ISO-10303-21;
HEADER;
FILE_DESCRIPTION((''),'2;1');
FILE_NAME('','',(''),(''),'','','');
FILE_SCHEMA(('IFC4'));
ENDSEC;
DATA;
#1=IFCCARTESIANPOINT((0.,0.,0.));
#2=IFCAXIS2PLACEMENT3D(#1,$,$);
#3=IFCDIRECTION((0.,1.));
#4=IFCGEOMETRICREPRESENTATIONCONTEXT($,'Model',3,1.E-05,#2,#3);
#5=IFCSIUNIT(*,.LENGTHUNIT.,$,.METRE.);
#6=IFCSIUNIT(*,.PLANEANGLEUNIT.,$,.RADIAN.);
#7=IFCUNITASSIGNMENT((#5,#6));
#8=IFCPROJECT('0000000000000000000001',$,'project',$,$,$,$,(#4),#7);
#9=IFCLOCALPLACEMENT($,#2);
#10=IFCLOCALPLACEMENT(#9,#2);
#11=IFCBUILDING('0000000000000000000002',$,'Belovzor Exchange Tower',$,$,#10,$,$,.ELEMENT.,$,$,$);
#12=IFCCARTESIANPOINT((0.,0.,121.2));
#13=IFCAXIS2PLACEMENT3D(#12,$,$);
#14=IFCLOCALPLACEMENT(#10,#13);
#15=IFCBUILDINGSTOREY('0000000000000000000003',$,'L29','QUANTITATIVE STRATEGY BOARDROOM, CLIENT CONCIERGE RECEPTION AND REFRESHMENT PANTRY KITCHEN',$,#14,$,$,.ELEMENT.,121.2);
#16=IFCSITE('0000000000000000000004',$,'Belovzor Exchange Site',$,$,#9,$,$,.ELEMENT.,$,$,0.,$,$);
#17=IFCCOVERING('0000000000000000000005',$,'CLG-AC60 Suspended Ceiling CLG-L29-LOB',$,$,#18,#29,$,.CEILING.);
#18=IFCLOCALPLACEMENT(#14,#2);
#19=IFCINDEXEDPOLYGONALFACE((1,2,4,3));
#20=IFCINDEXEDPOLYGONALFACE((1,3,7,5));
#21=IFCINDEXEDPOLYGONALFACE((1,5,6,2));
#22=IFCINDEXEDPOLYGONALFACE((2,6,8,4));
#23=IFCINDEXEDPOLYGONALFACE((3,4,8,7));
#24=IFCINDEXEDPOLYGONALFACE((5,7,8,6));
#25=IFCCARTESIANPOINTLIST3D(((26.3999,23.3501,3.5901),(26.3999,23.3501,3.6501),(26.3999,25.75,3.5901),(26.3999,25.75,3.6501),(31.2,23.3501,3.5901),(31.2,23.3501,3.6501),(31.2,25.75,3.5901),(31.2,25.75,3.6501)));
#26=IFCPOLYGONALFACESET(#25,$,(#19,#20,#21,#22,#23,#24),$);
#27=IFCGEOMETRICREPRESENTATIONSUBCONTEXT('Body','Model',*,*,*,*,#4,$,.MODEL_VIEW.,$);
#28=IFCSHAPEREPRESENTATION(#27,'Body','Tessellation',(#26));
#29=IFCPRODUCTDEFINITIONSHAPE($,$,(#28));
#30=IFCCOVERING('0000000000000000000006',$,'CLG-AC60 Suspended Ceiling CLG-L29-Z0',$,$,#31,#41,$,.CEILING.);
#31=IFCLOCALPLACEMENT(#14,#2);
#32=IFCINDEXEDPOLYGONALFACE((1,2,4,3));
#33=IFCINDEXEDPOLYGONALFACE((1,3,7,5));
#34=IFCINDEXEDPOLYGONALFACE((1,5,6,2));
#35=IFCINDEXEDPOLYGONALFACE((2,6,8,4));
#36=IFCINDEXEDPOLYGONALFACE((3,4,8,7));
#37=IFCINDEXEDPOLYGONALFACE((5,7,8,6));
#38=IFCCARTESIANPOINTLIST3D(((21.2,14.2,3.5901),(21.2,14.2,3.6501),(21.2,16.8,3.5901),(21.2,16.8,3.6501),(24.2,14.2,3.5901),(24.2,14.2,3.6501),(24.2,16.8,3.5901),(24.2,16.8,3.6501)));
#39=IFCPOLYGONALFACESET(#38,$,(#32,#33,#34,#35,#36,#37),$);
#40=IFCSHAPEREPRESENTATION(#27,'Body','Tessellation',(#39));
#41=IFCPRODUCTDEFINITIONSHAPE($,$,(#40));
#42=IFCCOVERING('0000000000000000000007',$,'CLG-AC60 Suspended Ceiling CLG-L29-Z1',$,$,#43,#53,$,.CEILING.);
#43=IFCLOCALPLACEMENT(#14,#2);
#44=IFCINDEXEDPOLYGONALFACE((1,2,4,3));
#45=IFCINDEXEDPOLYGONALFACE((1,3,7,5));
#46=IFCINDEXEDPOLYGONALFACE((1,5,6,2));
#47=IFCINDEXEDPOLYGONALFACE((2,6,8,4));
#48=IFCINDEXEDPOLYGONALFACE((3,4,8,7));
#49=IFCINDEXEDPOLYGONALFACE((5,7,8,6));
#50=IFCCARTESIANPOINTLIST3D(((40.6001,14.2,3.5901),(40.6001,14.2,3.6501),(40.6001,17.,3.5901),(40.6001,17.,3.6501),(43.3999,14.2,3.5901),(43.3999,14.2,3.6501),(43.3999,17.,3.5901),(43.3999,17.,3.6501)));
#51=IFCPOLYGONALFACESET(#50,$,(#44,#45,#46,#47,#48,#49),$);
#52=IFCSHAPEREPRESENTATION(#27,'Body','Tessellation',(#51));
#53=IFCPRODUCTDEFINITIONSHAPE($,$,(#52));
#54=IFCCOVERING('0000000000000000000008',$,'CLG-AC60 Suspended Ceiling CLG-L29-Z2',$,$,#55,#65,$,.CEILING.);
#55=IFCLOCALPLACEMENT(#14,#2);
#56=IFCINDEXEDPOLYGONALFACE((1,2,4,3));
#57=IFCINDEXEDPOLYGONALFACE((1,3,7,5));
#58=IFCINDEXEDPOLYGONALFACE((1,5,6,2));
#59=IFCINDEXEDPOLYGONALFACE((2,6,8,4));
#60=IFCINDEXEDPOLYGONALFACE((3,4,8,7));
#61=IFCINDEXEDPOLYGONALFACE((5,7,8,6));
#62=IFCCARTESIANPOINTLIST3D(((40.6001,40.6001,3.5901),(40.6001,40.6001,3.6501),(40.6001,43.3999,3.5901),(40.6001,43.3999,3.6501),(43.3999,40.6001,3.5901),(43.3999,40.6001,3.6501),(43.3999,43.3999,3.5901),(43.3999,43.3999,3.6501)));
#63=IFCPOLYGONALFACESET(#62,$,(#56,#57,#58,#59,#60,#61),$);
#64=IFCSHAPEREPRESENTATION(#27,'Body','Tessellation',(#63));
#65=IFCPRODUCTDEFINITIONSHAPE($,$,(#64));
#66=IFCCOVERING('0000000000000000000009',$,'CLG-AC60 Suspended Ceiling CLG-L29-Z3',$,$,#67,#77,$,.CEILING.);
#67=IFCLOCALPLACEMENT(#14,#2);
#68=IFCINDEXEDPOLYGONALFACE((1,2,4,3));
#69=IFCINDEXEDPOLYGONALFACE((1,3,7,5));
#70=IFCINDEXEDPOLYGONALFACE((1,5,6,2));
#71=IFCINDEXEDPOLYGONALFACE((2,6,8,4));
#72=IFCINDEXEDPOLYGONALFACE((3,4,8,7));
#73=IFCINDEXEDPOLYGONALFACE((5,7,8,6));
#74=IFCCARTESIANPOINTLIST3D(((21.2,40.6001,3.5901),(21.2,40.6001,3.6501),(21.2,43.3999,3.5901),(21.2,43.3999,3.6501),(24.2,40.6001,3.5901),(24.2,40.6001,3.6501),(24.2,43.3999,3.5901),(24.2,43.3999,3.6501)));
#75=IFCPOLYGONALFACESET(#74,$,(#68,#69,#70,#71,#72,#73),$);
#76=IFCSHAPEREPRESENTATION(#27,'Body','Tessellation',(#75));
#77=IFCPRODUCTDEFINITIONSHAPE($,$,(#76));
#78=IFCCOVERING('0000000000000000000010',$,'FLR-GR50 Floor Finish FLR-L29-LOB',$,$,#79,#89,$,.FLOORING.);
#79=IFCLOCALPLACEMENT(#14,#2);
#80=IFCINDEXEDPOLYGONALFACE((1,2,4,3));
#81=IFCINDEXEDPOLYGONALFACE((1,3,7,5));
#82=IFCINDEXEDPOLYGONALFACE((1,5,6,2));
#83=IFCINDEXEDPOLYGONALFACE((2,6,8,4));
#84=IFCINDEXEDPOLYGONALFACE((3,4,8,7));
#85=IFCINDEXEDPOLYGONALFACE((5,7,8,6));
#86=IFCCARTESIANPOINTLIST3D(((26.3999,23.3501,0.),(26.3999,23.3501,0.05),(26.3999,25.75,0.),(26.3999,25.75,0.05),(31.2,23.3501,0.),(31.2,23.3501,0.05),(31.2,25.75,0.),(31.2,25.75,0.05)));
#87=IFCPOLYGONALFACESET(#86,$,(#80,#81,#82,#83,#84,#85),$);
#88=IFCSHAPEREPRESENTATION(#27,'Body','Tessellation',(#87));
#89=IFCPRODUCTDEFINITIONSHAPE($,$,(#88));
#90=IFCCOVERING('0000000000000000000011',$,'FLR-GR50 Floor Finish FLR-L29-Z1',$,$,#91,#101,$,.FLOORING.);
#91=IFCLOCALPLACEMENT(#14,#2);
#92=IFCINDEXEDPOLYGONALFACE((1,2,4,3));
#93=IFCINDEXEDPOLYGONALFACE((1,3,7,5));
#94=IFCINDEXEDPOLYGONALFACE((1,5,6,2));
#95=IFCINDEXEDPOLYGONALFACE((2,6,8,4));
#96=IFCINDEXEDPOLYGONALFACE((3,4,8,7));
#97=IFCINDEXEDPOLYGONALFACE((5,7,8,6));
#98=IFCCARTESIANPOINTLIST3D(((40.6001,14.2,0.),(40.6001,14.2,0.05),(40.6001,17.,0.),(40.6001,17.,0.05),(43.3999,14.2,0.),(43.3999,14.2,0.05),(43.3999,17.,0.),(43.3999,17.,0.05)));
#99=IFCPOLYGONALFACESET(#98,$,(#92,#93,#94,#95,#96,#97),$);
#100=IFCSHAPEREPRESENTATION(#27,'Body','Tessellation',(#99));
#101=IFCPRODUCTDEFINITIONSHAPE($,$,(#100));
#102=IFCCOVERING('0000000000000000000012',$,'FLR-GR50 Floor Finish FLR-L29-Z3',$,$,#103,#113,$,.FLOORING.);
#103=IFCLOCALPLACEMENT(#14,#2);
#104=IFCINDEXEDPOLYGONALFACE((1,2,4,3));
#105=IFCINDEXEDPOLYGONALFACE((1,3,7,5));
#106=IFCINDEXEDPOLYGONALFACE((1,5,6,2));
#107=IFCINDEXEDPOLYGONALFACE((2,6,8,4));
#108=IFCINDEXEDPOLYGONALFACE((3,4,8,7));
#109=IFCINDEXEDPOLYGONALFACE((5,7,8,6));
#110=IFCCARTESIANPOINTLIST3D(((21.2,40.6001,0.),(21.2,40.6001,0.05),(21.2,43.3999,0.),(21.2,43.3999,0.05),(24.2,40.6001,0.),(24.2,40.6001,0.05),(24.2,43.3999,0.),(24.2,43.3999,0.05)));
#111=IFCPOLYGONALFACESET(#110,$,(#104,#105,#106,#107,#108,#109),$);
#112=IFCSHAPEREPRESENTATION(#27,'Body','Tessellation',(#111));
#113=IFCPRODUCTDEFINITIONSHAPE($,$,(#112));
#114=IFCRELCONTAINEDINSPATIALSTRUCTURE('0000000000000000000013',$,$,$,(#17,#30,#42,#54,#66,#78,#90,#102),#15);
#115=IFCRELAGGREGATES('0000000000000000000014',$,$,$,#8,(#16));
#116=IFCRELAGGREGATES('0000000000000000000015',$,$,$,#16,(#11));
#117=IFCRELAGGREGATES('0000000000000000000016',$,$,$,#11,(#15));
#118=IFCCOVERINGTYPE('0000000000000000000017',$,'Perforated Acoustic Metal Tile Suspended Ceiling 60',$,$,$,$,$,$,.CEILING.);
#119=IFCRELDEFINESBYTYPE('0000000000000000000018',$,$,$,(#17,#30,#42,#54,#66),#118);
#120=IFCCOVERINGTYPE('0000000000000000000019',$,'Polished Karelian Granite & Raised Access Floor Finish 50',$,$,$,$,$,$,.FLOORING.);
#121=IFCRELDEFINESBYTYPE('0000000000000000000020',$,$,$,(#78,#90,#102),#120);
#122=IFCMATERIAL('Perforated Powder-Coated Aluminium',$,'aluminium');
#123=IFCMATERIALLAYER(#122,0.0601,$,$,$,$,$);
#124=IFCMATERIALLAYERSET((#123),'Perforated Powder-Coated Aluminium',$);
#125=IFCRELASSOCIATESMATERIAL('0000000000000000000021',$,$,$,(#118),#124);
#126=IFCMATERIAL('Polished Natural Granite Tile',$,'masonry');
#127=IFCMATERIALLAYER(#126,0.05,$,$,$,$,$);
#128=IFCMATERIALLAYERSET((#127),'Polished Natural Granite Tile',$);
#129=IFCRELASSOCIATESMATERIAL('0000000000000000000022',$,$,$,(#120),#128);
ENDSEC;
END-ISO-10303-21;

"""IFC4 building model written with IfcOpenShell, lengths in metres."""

from ifc_helpers import new_model, si_unit, direction, frame, origin, place, context, subcontext, project, spatial, polyline, outline, extrude, material, layer, layer_set, type_object, element, save


model = new_model("IFC4")

# Units and contexts
model_context = context("Model", 3, precision=1e-05, world=origin(), true_north=direction((0.0, 1.0)))
body_context = subcontext(model_context, "Body", "Model", "MODEL_VIEW")
ifc_project = project(units=[si_unit("LENGTHUNIT", "METRE"), si_unit("PLANEANGLEUNIT", "RADIAN")], contexts=[model_context])

# Site, building, storey
site_placement = place(None, origin())
site = spatial("IfcSite", under=ifc_project, at=site_placement, Name="Belovzor Exchange Site", CompositionType="ELEMENT", RefElevation=0.0)
building_placement = place(site_placement, origin())
building = spatial("IfcBuilding", under=site, at=building_placement, Name="Belovzor Exchange Tower", CompositionType="ELEMENT")
storey_placement = place(building_placement, frame((0.0, 0.0, 121.2)))
storey = spatial("IfcBuildingStorey", under=building, at=storey_placement, Name="L29", Description="QUANTITATIVE STRATEGY BOARDROOM, CLIENT CONCIERGE RECEPTION AND REFRESHMENT PANTRY KITCHEN", CompositionType="ELEMENT", Elevation=121.2)

# Coverings
ifc_material_1 = material(Name="Perforated Powder-Coated Aluminium", Category="aluminium")
ifc_layer_1 = layer(ifc_material_1, 0.0601)
ifc_layer_set_1 = layer_set([ifc_layer_1], Name="Perforated Powder-Coated Aluminium")
covering_type_1 = type_object("IfcCoveringType", Name="Perforated Acoustic Metal Tile Suspended Ceiling 60", PredefinedType="CEILING", material=ifc_layer_set_1)
covering_1_placement = place(storey_placement, frame((0.0, 0.0, 3.5901)))
element("IfcCovering", 1, at=covering_1_placement, inside=storey, type_object=covering_type_1, Name="CLG-AC60 Suspended Ceiling CLG-L29-LOB", PredefinedType="CEILING", context=body_context, shape_type="SweptSolid", body=[
    extrude(outline(polyline([(26.3999, 23.3501), (31.2, 23.3501), (31.2, 25.75), (26.3999, 25.75), (26.3999, 23.3501)])), origin(), (0.0, 0.0, 1.0), 0.0601),
])
covering_2_placement = place(storey_placement, frame((0.0, 0.0, 3.5901)))
element("IfcCovering", 2, at=covering_2_placement, inside=storey, type_object=covering_type_1, Name="CLG-AC60 Suspended Ceiling CLG-L29-Z0", PredefinedType="CEILING", context=body_context, shape_type="SweptSolid", body=[
    extrude(outline(polyline([(21.2, 14.2), (24.2, 14.2), (24.2, 16.8), (21.2, 16.8), (21.2, 14.2)])), origin(), (0.0, 0.0, 1.0), 0.0601),
])
covering_3_placement = place(storey_placement, frame((0.0, 0.0, 3.5901)))
element("IfcCovering", 3, at=covering_3_placement, inside=storey, type_object=covering_type_1, Name="CLG-AC60 Suspended Ceiling CLG-L29-Z1", PredefinedType="CEILING", context=body_context, shape_type="SweptSolid", body=[
    extrude(outline(polyline([(40.6001, 14.2), (43.3999, 14.2), (43.3999, 17.0), (40.6001, 17.0), (40.6001, 14.2)])), origin(), (0.0, 0.0, 1.0), 0.0601),
])
covering_4_placement = place(storey_placement, frame((0.0, 0.0, 3.5901)))
element("IfcCovering", 4, at=covering_4_placement, inside=storey, type_object=covering_type_1, Name="CLG-AC60 Suspended Ceiling CLG-L29-Z2", PredefinedType="CEILING", context=body_context, shape_type="SweptSolid", body=[
    extrude(outline(polyline([(40.6001, 40.6001), (43.3999, 40.6001), (43.3999, 43.3999), (40.6001, 43.3999), (40.6001, 40.6001)])), origin(), (0.0, 0.0, 1.0), 0.0601),
])
covering_5_placement = place(storey_placement, frame((0.0, 0.0, 3.5901)))
element("IfcCovering", 5, at=covering_5_placement, inside=storey, type_object=covering_type_1, Name="CLG-AC60 Suspended Ceiling CLG-L29-Z3", PredefinedType="CEILING", context=body_context, shape_type="SweptSolid", body=[
    extrude(outline(polyline([(21.2, 40.6001), (24.2, 40.6001), (24.2, 43.3999), (21.2, 43.3999), (21.2, 40.6001)])), origin(), (0.0, 0.0, 1.0), 0.0601),
])
ifc_material_2 = material(Name="Polished Natural Granite Tile", Category="masonry")
ifc_layer_2 = layer(ifc_material_2, 0.05)
ifc_layer_set_2 = layer_set([ifc_layer_2], Name="Polished Natural Granite Tile")
covering_type_2 = type_object("IfcCoveringType", Name="Polished Karelian Granite & Raised Access Floor Finish 50", PredefinedType="FLOORING", material=ifc_layer_set_2)
covering_6_placement = place(storey_placement, origin())
element("IfcCovering", 6, at=covering_6_placement, inside=storey, type_object=covering_type_2, Name="FLR-GR50 Floor Finish FLR-L29-LOB", PredefinedType="FLOORING", context=body_context, shape_type="SweptSolid", body=[
    extrude(outline(polyline([(26.3999, 23.3501), (31.2, 23.3501), (31.2, 25.75), (26.3999, 25.75), (26.3999, 23.3501)])), origin(), (0.0, 0.0, 1.0), 0.05),
])
covering_7_placement = place(storey_placement, origin())
element("IfcCovering", 7, at=covering_7_placement, inside=storey, type_object=covering_type_2, Name="FLR-GR50 Floor Finish FLR-L29-Z1", PredefinedType="FLOORING", context=body_context, shape_type="SweptSolid", body=[
    extrude(outline(polyline([(40.6001, 14.2), (43.3999, 14.2), (43.3999, 17.0), (40.6001, 17.0), (40.6001, 14.2)])), origin(), (0.0, 0.0, 1.0), 0.05),
])
covering_8_placement = place(storey_placement, origin())
element("IfcCovering", 8, at=covering_8_placement, inside=storey, type_object=covering_type_2, Name="FLR-GR50 Floor Finish FLR-L29-Z3", PredefinedType="FLOORING", context=body_context, shape_type="SweptSolid", body=[
    extrude(outline(polyline([(21.2, 40.6001), (24.2, 40.6001), (24.2, 43.3999), (21.2, 43.3999), (21.2, 40.6001)])), origin(), (0.0, 0.0, 1.0), 0.05),
])

save(model, "model.ifc")
